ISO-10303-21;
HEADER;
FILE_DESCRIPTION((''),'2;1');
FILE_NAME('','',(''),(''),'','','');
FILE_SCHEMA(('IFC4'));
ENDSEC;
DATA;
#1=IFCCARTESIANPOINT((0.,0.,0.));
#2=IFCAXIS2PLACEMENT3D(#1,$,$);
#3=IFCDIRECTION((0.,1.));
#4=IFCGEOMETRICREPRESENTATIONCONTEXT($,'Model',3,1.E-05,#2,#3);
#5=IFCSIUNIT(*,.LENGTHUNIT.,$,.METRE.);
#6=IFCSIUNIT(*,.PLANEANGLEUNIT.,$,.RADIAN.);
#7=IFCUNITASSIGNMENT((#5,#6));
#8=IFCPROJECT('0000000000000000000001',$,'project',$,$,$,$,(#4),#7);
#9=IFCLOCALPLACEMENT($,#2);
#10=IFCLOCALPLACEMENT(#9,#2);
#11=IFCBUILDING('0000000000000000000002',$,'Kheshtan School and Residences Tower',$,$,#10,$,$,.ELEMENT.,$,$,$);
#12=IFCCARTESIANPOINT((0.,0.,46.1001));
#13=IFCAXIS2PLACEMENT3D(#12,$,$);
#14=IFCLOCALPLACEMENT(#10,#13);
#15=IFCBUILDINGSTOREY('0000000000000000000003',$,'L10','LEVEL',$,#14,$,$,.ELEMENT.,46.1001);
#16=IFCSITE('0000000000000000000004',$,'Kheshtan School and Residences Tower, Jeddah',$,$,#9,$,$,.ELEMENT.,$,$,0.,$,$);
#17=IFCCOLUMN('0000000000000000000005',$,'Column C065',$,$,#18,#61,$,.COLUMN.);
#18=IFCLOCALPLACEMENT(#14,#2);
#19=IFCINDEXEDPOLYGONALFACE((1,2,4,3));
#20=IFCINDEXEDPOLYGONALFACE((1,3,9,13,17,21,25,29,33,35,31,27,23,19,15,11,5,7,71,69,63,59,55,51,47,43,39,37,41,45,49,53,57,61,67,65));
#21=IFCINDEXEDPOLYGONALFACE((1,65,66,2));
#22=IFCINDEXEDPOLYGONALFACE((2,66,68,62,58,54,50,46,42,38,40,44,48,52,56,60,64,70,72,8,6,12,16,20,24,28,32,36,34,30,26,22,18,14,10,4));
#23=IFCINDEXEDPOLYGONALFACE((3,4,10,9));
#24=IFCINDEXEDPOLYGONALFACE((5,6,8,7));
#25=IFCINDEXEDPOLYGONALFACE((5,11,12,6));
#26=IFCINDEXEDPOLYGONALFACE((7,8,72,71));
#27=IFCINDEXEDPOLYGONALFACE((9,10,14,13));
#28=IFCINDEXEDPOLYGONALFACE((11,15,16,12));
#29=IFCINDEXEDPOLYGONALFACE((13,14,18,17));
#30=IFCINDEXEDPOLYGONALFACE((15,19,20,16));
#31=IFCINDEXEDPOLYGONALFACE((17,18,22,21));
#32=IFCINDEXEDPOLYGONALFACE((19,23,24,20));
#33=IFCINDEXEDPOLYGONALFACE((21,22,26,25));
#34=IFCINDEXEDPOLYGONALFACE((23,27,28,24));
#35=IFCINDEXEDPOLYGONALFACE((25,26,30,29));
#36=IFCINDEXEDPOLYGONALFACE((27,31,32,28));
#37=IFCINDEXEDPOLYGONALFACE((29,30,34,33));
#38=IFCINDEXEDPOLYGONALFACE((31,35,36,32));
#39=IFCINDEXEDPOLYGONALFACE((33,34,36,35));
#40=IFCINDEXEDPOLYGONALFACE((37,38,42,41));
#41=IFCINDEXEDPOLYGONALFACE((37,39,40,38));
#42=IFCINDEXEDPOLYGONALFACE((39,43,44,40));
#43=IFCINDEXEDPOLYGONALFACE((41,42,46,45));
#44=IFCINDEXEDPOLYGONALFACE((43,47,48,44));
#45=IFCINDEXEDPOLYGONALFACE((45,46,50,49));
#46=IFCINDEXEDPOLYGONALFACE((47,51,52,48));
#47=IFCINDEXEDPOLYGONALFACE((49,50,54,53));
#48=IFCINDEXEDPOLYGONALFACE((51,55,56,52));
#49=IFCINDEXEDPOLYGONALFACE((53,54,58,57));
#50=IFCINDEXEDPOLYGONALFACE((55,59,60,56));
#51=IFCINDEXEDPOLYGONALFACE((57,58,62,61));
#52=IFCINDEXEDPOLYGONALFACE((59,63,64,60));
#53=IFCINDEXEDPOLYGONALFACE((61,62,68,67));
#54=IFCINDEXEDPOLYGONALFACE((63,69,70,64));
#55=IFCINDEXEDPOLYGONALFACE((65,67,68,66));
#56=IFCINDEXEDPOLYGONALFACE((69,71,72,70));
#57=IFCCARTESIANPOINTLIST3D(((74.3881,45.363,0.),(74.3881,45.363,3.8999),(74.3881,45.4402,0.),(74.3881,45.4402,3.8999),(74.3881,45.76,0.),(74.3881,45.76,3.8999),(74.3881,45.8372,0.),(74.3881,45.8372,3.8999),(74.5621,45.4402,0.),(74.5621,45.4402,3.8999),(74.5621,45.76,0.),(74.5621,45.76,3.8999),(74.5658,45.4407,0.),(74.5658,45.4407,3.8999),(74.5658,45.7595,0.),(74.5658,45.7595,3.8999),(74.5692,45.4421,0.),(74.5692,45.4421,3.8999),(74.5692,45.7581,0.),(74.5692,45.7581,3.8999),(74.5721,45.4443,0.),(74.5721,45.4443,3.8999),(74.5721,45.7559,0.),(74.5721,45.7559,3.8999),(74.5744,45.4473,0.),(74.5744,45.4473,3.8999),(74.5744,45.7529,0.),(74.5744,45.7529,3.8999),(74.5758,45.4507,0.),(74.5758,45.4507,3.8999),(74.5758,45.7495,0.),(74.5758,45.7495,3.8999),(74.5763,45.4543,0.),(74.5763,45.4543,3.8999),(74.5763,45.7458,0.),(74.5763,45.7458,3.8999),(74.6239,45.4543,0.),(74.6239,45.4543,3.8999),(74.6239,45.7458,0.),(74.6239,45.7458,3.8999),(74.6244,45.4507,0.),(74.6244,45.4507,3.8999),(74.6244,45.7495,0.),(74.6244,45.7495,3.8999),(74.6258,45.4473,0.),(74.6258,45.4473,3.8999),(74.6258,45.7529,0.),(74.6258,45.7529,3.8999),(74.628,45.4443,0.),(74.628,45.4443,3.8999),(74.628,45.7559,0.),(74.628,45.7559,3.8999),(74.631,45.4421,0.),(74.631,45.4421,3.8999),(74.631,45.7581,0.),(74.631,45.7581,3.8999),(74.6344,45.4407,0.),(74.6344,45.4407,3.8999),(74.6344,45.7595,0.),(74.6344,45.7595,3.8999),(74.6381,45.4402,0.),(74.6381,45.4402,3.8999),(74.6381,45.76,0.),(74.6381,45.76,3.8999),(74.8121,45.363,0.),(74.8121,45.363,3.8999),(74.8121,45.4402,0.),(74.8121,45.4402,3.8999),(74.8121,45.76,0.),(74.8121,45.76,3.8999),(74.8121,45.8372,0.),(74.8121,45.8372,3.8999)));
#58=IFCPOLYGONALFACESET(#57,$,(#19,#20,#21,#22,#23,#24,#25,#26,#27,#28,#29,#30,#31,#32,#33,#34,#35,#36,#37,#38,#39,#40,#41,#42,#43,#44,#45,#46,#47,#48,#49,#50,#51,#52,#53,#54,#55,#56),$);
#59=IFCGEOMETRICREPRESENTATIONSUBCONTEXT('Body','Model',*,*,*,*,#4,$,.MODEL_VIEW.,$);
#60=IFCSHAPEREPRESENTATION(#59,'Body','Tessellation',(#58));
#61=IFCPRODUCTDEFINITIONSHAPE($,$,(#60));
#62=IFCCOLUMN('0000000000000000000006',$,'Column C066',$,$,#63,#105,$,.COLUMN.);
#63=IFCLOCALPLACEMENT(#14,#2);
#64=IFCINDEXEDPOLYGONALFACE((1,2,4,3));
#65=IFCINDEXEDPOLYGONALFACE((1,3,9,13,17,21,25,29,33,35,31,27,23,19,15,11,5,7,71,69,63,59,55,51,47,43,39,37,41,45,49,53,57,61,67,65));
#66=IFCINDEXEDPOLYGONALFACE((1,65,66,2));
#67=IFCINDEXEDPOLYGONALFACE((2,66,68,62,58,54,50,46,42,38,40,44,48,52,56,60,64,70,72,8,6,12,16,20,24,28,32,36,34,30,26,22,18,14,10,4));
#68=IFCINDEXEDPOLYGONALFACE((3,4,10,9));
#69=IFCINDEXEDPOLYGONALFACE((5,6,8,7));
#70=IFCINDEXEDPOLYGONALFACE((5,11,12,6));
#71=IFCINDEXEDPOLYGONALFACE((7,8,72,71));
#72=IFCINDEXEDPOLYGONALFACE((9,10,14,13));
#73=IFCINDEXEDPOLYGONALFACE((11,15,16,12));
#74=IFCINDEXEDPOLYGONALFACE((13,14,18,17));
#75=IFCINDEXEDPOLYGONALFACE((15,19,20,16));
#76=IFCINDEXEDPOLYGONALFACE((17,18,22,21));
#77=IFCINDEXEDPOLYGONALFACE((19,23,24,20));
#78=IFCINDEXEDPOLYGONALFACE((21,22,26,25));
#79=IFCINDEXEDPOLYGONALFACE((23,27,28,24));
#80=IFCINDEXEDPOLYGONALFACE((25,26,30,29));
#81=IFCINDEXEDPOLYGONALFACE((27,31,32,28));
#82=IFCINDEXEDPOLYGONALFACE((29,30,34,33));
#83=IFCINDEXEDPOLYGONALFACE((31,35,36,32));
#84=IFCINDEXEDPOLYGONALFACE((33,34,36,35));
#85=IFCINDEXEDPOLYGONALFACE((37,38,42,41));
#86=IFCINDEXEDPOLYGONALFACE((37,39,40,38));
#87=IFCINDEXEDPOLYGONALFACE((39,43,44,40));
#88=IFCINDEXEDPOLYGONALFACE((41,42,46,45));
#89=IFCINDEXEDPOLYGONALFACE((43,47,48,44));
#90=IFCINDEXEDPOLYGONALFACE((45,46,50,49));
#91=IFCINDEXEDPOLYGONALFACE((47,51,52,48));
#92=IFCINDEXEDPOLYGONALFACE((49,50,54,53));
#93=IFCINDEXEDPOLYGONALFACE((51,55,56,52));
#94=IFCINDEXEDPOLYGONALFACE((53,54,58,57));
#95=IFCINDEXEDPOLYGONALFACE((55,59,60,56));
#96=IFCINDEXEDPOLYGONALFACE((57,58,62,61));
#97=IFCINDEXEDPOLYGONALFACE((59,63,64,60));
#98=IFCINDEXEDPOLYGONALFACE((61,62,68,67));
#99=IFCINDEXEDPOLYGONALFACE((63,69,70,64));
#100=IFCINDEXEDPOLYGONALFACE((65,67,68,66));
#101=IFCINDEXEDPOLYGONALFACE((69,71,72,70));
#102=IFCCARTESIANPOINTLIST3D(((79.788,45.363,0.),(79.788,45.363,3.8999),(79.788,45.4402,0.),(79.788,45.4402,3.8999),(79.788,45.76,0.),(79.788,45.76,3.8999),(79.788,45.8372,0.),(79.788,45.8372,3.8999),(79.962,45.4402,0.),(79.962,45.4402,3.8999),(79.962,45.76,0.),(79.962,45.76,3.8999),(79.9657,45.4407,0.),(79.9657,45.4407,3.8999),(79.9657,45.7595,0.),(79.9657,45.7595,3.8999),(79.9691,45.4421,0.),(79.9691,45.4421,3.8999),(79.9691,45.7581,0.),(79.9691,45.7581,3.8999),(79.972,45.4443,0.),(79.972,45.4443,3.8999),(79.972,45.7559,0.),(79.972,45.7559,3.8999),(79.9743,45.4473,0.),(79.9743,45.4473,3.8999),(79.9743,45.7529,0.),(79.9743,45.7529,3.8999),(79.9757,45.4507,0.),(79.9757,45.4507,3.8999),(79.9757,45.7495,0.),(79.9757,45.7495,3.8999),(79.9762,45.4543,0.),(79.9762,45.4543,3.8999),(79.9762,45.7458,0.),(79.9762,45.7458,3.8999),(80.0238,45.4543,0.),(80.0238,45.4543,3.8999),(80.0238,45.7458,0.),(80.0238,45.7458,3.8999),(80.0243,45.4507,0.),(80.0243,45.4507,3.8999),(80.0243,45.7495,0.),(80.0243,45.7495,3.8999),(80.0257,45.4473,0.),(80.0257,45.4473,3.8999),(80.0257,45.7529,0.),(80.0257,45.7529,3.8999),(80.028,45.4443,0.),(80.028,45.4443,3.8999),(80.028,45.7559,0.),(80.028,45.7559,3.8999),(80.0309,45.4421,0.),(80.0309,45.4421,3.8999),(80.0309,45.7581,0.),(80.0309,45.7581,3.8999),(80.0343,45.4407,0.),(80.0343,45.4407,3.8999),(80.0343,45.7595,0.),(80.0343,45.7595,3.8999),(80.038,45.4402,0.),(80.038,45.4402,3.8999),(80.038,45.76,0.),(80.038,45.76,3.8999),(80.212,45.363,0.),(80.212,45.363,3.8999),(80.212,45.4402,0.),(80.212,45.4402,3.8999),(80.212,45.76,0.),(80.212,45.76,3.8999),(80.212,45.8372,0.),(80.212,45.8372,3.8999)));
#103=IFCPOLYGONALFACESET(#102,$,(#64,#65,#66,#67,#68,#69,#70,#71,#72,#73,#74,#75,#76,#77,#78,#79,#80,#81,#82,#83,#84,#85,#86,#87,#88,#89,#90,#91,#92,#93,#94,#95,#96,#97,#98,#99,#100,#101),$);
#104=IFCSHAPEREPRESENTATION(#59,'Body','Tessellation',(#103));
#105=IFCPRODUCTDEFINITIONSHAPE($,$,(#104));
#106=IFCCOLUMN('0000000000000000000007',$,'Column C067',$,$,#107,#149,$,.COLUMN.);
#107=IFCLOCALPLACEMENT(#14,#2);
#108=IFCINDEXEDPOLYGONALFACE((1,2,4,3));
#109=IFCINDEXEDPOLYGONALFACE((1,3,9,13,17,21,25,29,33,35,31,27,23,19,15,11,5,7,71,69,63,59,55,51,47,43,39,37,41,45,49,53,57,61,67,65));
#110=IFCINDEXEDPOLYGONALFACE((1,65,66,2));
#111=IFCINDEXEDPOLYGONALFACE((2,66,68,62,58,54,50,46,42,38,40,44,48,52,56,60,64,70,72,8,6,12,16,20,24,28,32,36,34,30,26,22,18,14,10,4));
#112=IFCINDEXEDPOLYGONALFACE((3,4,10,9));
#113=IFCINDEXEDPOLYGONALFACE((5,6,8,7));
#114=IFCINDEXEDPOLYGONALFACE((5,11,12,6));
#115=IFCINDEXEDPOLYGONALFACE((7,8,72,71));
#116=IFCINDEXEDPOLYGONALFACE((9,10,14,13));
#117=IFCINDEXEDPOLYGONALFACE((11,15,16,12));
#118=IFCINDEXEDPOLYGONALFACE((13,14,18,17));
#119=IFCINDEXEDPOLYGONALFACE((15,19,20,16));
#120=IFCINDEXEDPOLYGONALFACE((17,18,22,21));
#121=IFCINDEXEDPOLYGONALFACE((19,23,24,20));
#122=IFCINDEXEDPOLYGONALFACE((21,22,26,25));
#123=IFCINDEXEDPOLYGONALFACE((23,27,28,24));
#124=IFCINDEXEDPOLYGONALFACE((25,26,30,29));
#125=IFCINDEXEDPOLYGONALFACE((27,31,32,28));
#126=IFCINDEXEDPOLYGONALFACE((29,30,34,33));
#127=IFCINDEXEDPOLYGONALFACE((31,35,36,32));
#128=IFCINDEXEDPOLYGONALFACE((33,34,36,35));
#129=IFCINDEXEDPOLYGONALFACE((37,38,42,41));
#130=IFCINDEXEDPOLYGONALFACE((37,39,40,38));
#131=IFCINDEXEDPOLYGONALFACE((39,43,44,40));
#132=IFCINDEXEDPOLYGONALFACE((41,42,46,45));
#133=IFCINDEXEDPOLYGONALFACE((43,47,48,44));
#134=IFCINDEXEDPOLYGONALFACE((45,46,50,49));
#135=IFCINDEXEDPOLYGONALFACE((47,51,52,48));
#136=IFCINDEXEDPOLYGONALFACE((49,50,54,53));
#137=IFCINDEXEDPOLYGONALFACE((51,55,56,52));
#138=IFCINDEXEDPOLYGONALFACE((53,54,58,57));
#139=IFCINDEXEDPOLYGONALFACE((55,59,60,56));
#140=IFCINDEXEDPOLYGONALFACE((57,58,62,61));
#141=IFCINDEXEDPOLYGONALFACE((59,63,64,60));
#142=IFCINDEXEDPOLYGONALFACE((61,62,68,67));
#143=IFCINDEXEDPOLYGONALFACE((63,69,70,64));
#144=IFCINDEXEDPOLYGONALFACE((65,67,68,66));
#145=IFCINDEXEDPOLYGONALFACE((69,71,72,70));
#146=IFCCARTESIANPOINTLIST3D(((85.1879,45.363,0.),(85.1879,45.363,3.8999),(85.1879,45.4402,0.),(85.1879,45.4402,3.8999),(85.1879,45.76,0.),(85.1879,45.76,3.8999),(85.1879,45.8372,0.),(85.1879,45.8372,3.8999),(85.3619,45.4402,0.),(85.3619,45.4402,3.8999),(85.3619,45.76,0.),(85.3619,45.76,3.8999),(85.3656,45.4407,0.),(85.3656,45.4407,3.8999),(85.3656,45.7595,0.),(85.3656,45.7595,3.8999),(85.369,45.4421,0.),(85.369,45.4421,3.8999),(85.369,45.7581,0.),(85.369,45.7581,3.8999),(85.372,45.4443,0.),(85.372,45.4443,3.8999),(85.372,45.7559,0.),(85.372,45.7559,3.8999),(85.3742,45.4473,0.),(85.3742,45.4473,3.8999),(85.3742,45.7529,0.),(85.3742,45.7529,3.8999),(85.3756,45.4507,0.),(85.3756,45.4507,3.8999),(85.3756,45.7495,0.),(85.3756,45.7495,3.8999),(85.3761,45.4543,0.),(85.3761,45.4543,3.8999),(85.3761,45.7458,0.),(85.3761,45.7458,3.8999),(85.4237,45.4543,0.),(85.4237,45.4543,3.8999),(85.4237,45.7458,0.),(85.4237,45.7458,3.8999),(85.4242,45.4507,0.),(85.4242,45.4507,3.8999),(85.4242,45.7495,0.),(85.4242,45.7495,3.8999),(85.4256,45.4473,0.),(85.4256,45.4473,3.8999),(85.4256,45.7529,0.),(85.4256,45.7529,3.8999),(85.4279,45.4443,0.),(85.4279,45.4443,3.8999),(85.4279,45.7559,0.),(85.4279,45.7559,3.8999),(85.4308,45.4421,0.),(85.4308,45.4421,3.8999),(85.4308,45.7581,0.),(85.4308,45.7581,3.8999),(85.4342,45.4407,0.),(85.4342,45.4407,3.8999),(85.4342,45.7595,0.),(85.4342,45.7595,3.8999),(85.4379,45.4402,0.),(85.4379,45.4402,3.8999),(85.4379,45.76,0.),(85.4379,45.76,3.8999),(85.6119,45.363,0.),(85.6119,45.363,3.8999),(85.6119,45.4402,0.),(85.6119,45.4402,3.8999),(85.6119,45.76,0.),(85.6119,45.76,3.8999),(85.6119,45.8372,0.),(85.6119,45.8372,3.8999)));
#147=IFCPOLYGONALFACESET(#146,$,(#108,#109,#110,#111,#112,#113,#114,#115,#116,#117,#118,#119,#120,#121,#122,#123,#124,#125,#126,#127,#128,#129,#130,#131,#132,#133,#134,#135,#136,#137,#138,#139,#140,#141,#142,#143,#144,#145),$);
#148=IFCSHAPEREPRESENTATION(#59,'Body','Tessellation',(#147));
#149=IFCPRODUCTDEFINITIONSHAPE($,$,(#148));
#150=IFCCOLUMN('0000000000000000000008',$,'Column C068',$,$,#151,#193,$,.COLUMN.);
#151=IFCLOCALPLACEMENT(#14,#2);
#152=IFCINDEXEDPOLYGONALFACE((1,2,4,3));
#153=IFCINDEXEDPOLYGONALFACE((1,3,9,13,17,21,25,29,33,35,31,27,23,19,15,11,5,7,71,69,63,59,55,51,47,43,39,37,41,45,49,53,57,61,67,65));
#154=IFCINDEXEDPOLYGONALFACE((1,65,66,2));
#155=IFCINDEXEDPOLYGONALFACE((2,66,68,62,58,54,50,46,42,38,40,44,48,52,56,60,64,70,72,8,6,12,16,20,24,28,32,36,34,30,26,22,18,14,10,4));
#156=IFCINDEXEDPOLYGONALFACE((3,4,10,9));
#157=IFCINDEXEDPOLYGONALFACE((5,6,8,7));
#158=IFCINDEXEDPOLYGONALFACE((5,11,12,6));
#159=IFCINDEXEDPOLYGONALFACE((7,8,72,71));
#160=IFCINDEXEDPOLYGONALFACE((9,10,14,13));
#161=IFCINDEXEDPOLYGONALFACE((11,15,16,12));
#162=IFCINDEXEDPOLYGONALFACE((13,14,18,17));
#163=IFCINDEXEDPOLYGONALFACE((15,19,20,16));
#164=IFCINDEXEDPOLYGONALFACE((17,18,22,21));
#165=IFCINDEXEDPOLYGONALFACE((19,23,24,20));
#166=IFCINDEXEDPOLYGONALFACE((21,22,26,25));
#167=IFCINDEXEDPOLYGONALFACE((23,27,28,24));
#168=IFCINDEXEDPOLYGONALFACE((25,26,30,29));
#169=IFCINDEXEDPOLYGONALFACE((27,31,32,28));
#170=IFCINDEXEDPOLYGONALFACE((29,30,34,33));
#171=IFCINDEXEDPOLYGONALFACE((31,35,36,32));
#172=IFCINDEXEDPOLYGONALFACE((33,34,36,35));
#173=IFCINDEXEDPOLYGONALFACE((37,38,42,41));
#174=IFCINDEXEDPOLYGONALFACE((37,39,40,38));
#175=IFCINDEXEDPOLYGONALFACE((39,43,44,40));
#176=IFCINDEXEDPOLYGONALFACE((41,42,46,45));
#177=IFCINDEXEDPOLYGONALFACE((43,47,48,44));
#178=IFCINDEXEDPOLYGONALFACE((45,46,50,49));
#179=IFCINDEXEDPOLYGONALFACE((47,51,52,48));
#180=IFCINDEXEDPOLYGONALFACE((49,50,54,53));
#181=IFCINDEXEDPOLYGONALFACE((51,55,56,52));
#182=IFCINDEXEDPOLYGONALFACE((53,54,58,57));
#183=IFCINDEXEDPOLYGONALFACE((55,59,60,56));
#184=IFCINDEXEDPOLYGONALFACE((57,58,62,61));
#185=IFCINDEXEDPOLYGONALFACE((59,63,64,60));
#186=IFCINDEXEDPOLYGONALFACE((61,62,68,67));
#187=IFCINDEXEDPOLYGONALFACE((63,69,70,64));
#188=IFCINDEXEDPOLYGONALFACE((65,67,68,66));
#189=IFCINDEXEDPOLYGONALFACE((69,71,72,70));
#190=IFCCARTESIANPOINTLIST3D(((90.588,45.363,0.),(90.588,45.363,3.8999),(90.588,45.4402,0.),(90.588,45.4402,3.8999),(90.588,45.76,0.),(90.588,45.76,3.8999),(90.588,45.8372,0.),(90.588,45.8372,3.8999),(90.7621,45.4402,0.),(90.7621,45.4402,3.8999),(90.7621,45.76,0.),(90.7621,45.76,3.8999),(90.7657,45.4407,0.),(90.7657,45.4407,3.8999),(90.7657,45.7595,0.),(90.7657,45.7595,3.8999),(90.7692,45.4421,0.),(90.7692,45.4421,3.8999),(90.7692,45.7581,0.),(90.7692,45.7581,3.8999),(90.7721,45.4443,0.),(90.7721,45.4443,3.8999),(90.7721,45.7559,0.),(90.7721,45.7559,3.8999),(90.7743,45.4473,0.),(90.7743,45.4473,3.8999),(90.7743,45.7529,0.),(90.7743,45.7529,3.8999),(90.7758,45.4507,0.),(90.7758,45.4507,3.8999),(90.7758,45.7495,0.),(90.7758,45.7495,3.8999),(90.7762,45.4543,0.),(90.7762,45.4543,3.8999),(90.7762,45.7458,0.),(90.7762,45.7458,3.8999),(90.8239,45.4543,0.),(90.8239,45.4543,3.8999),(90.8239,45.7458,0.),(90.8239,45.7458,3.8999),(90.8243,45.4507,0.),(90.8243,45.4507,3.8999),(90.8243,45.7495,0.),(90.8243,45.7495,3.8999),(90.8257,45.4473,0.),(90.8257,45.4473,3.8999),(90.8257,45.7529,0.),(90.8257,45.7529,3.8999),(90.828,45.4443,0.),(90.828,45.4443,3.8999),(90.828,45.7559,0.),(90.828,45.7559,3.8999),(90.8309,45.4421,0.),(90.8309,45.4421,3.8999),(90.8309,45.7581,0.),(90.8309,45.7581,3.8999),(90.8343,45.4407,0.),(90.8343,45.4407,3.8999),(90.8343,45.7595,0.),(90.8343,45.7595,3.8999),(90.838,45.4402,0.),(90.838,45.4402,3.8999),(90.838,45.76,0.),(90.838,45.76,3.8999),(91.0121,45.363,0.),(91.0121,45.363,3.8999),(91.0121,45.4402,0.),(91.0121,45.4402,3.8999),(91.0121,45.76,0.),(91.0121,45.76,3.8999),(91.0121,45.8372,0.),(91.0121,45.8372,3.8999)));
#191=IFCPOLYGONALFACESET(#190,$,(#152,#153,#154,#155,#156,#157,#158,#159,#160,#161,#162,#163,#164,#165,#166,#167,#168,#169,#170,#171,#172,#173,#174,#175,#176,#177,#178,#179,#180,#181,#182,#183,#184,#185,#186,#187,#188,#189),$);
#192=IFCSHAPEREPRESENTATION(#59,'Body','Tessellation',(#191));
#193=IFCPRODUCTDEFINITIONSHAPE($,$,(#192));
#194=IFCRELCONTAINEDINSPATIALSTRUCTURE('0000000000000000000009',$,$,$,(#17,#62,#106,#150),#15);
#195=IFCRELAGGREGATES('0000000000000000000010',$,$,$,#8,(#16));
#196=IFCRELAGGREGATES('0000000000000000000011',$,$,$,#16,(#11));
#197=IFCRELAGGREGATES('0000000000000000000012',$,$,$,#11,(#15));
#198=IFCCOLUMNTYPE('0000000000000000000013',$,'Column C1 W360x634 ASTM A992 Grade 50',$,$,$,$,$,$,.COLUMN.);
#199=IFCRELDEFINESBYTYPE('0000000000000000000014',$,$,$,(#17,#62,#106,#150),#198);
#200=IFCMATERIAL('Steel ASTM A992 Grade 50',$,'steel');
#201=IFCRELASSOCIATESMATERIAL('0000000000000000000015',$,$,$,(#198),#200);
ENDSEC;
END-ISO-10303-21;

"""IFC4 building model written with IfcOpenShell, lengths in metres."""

from ifc_helpers import new_model, si_unit, direction, frame, origin, origin_2d, place, context, subcontext, project, spatial, i_section, extrude, material, material_profile, profile_set, type_object, element, save


model = new_model("IFC4")

# Units and contexts
model_context = context("Model", 3, precision=1e-05, world=origin(), true_north=direction((0.0, 1.0)))
body_context = subcontext(model_context, "Body", "Model", "MODEL_VIEW")
ifc_project = project(units=[si_unit("LENGTHUNIT", "METRE"), si_unit("PLANEANGLEUNIT", "RADIAN")], contexts=[model_context])

# Site, building, storey
site_placement = place(None, origin())
site = spatial("IfcSite", under=ifc_project, at=site_placement, Name="Kheshtan School and Residences Tower, Jeddah", CompositionType="ELEMENT", RefElevation=0.0)
building_placement = place(site_placement, origin())
building = spatial("IfcBuilding", under=site, at=building_placement, Name="Kheshtan School and Residences Tower", CompositionType="ELEMENT")
storey_placement = place(building_placement, frame((0.0, 0.0, 46.1001)))
storey = spatial("IfcBuildingStorey", under=building, at=storey_placement, Name="L10", Description="LEVEL", CompositionType="ELEMENT", Elevation=46.1001)

# Columns
ifc_material_1 = material(Name="Steel ASTM A992 Grade 50", Category="steel")
ifc_material_profile_1 = material_profile(ifc_material_1, i_section(OverallWidth=0.4241, OverallDepth=0.4741, WebThickness=0.0476, FlangeThickness=0.0771, FilletRadius=0.0142, at=origin_2d()), Name="W360x634")
ifc_profile_set_1 = profile_set([ifc_material_profile_1], Name="Steel ASTM A992 Grade 50")
column_type = type_object("IfcColumnType", Name="Column C1 W360x634 ASTM A992 Grade 50", PredefinedType="COLUMN", material=ifc_profile_set_1)
for number, where, z_axis, x_axis, name in (
    (1, (74.6001, 45.6001, 0.0), (0.0, 0.0, 1.0), (1.0, 0.0, 0.0), "Column C065"),
    (2, (80.0, 45.6001, 0.0), (0.0, 0.0, 1.0), (1.0, 0.0, 0.0), "Column C066"),
    (3, (85.3999, 45.6001, 0.0), (0.0, 0.0, 1.0), (1.0, 0.0, 0.0), "Column C067"),
    (4, (90.8, 45.6001, 0.0), (0.0, 0.0, 1.0), (1.0, 0.0, 0.0), "Column C068"),
):
    element("IfcColumn", number, at=place(storey_placement, frame(where, z_axis=z_axis, x_axis=x_axis)), inside=storey, type_object=column_type, Name=name, PredefinedType="COLUMN", context=body_context, shape_type="SweptSolid", body=[
        extrude(i_section(OverallWidth=0.4241, OverallDepth=0.4741, WebThickness=0.0476, FlangeThickness=0.0771, FilletRadius=0.0142, at=origin_2d()), origin(), (0.0, 0.0, 1.0), 3.8999),
    ])

save(model, "model.ifc")
